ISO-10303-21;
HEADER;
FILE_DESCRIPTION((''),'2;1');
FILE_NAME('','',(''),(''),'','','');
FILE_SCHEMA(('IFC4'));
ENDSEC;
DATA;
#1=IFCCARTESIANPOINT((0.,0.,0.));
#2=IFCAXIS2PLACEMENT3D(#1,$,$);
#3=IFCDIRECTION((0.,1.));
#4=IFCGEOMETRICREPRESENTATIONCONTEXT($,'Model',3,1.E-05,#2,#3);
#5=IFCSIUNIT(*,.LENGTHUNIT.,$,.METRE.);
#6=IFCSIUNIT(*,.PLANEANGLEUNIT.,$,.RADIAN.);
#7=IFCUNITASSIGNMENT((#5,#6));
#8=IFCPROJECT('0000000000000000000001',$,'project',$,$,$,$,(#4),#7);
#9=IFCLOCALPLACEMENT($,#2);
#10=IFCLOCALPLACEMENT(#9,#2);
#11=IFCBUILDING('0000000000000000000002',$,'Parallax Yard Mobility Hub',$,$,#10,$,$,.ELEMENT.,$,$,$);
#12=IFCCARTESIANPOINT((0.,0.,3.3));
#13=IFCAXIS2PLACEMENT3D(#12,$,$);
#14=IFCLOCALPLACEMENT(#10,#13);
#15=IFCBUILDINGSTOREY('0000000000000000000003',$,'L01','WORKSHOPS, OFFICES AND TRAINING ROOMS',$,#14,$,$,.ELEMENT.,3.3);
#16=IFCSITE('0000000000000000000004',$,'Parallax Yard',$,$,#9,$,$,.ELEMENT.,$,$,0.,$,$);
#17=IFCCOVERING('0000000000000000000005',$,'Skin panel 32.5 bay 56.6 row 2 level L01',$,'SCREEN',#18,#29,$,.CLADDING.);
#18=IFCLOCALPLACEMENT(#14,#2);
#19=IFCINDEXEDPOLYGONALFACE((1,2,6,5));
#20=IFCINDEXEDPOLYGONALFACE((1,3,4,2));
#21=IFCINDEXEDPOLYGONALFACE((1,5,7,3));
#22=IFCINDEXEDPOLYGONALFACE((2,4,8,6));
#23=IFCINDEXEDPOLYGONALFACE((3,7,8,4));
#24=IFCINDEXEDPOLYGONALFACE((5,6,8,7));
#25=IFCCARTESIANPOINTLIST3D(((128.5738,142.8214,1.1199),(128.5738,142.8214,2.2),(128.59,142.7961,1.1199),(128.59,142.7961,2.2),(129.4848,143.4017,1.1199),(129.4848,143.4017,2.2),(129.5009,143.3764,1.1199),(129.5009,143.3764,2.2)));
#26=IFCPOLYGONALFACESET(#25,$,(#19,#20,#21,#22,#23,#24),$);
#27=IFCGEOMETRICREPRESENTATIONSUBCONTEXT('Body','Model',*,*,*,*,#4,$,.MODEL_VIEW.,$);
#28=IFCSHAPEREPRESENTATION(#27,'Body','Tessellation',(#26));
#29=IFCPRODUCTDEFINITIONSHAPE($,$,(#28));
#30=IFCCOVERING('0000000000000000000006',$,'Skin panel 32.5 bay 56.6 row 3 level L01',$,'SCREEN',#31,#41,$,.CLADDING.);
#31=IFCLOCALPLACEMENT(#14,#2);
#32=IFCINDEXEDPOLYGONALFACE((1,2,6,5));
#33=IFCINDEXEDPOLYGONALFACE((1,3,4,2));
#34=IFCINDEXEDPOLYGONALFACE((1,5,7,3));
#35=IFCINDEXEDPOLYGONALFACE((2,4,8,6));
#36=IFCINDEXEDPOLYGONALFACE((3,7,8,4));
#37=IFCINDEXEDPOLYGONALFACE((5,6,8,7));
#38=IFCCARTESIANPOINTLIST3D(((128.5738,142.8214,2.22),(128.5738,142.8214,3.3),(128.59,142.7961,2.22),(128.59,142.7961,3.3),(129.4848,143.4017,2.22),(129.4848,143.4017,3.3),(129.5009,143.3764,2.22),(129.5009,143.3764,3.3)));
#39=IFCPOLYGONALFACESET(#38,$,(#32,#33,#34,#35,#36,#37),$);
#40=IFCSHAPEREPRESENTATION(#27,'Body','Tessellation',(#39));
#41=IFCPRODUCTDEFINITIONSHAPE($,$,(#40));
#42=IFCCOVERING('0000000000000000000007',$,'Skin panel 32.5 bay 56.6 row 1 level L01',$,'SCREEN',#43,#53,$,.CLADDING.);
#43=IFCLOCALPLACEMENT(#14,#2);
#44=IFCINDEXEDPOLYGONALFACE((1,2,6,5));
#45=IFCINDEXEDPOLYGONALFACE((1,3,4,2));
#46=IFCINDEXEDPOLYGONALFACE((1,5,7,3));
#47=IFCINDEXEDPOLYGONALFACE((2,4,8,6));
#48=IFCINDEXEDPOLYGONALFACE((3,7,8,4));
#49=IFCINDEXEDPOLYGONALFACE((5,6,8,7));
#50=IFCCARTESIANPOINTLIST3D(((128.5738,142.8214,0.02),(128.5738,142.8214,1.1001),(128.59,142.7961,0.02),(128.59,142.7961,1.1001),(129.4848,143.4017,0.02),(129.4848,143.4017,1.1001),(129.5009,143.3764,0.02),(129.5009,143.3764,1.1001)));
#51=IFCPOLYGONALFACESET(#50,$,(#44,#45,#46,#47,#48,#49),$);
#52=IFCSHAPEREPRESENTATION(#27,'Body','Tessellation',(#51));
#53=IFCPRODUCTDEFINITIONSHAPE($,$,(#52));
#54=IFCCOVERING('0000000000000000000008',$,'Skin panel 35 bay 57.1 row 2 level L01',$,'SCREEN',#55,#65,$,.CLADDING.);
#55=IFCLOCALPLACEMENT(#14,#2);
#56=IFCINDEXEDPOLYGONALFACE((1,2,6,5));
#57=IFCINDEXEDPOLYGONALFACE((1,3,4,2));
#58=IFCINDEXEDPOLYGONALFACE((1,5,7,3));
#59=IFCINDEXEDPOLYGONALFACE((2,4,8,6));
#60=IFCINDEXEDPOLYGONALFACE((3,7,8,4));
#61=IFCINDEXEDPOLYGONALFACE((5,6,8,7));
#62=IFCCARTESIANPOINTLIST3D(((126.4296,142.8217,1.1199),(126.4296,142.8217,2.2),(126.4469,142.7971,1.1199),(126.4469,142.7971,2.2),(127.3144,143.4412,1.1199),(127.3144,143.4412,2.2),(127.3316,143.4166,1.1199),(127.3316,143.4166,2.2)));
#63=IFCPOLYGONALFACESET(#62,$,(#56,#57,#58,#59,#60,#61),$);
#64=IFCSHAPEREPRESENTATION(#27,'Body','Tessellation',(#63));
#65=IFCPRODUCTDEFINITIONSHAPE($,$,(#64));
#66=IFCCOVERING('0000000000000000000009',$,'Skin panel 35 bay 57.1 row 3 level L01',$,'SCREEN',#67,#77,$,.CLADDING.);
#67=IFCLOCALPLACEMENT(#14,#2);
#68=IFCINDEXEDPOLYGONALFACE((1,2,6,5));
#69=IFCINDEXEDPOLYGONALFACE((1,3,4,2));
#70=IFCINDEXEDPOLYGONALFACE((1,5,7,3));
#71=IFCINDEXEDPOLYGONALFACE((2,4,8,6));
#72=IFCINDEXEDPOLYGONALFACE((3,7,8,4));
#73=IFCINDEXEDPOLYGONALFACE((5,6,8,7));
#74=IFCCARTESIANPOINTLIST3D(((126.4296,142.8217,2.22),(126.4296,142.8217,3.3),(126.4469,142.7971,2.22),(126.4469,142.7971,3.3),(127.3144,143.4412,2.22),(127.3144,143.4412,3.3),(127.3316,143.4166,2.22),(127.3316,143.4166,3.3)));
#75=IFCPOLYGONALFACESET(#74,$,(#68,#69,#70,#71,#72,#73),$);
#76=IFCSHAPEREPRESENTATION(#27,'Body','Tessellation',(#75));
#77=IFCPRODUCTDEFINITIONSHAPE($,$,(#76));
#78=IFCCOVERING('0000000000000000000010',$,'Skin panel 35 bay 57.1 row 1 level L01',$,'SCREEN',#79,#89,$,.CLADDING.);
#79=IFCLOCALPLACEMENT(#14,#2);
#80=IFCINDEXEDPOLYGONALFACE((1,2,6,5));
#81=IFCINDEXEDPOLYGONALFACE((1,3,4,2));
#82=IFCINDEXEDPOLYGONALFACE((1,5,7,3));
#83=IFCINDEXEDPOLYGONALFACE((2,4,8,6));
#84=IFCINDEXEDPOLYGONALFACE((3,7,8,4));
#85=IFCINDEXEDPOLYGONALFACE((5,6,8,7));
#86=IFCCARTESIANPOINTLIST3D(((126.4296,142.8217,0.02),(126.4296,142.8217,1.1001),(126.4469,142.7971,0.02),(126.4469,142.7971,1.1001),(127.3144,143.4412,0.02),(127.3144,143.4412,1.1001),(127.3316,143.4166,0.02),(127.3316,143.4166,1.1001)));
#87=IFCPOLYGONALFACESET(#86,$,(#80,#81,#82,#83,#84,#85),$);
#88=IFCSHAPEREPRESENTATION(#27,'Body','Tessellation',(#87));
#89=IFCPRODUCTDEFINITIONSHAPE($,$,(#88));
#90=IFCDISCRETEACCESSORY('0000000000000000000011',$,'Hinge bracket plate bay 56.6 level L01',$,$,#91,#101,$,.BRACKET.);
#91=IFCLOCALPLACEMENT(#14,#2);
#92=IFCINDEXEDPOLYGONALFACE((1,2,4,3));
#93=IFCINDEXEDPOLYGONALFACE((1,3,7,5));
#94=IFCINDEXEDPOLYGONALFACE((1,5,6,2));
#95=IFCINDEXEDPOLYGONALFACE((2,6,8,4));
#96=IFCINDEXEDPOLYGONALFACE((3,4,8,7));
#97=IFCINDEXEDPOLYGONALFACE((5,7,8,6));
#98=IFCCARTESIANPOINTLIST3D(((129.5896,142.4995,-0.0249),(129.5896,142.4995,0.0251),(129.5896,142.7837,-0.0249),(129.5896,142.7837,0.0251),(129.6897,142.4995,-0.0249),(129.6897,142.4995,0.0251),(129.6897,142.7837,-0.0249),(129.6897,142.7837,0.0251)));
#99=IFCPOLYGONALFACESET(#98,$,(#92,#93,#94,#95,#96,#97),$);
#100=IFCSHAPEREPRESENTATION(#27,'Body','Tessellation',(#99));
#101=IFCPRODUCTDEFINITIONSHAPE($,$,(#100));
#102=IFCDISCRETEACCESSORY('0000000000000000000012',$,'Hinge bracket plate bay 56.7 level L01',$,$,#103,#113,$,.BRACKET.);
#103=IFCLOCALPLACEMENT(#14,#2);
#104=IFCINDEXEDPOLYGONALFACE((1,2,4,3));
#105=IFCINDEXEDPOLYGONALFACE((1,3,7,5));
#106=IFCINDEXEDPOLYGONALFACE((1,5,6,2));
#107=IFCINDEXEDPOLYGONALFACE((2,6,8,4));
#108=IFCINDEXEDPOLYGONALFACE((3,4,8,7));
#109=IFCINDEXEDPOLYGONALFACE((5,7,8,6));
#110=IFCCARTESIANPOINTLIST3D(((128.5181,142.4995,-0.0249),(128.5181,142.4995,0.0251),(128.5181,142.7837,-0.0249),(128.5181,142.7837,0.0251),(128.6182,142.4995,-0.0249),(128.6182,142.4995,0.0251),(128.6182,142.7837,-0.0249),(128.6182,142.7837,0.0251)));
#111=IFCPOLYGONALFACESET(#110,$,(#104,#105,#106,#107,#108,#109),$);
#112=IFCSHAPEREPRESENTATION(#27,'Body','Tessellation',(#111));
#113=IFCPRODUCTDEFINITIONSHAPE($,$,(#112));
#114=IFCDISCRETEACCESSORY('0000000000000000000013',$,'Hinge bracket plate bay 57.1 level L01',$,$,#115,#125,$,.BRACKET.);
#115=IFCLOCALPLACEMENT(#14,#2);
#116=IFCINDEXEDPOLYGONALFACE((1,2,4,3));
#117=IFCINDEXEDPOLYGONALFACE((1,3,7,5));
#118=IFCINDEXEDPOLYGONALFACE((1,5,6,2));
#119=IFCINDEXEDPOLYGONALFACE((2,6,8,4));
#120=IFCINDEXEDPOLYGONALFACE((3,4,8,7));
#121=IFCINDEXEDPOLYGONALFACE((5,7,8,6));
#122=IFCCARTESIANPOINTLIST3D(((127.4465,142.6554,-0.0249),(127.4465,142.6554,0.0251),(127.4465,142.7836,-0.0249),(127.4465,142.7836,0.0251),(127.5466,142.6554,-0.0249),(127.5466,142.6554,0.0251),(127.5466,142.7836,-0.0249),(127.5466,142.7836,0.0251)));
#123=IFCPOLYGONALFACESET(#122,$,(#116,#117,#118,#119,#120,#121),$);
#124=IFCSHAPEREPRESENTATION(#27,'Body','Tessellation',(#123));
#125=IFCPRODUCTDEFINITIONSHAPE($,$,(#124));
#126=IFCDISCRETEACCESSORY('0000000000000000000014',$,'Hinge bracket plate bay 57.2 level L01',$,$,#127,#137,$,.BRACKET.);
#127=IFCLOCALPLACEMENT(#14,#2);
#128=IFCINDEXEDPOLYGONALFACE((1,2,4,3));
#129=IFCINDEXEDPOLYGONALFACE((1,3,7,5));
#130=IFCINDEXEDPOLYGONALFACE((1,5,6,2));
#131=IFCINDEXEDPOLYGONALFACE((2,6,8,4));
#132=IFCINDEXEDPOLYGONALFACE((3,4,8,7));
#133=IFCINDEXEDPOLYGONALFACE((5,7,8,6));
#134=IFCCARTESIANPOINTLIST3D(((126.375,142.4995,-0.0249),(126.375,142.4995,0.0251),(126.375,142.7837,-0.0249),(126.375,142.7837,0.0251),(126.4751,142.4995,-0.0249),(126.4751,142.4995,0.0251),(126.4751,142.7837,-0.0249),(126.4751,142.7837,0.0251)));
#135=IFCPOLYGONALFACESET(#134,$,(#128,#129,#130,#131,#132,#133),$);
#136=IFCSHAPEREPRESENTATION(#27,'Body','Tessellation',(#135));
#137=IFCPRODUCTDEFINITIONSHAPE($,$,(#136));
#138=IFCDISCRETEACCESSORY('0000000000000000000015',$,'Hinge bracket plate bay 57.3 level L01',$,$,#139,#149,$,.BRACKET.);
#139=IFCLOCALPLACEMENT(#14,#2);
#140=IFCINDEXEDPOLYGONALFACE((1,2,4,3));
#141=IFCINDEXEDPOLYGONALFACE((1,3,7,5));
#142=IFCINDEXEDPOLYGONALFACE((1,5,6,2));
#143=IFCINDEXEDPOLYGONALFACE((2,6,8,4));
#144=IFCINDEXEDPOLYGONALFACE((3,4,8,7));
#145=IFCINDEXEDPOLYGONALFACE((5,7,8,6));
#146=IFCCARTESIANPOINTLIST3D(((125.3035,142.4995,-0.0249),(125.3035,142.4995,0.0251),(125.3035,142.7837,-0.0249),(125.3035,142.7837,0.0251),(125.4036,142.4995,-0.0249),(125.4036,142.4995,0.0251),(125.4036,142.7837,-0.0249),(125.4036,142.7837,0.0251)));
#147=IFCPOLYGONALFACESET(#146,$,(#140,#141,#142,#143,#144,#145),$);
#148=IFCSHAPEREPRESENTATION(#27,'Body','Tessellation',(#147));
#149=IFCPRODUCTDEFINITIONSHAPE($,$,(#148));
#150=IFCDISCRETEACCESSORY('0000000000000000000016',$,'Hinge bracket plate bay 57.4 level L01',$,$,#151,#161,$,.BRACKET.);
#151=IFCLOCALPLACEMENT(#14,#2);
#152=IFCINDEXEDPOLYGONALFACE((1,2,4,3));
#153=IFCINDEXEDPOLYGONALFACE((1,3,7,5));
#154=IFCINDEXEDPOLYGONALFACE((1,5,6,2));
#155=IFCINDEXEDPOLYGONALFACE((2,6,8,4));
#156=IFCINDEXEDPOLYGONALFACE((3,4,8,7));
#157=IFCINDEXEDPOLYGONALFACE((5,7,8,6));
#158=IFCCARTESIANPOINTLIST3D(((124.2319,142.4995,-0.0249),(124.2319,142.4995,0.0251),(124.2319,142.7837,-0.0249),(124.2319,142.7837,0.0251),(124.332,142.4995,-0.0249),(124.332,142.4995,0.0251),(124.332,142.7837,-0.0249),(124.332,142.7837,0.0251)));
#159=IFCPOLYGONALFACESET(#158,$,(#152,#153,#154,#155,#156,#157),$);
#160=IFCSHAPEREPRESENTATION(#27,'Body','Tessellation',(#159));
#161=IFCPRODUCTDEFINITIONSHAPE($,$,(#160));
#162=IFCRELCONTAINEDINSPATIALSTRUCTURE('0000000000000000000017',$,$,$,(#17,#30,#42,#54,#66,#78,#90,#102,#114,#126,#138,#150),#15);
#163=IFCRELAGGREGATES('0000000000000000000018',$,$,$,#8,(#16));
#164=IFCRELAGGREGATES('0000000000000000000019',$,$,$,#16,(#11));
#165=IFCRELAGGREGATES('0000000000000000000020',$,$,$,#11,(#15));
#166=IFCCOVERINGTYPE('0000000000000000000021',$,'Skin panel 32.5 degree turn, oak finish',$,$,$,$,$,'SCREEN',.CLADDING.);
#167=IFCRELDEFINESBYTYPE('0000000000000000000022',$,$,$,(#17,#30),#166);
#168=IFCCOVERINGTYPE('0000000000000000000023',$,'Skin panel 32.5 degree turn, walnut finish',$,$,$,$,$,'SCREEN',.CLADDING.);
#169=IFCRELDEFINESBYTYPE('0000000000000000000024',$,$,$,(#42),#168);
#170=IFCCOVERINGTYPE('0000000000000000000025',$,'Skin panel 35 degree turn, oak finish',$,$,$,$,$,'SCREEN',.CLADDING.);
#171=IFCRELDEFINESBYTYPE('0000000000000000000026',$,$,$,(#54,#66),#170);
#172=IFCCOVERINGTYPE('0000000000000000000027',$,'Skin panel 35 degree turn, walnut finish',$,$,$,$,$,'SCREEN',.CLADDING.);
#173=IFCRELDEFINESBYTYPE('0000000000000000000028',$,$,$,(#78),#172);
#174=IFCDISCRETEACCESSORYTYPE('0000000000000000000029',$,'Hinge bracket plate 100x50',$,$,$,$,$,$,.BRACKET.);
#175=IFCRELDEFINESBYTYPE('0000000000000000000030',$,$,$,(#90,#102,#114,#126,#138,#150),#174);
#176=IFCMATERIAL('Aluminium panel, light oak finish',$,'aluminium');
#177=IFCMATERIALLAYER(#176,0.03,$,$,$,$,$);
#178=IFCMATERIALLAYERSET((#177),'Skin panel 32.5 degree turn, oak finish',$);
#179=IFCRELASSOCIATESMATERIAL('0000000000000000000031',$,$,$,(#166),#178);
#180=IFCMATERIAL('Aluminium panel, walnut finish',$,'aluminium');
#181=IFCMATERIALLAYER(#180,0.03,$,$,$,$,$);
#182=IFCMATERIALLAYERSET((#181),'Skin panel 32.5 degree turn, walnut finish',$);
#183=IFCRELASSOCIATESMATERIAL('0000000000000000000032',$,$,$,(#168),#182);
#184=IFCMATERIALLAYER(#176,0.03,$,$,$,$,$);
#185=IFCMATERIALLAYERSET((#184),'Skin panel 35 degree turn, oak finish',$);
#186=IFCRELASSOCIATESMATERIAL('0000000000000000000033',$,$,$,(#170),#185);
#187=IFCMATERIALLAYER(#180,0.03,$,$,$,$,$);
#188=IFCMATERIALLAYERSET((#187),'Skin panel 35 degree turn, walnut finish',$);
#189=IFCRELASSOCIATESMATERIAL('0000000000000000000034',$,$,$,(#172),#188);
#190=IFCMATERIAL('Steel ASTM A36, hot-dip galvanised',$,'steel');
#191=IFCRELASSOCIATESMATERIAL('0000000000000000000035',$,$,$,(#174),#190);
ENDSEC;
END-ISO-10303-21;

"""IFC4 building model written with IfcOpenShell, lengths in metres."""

from ifc_helpers import new_model, si_unit, direction, frame, origin, origin_2d, place, context, subcontext, project, spatial, rectangle, extrude, material, layer, layer_set, type_object, element, save


model = new_model("IFC4")

# Units and contexts
model_context = context("Model", 3, precision=1e-05, world=origin(), true_north=direction((0.0, 1.0)))
body_context = subcontext(model_context, "Body", "Model", "MODEL_VIEW")
ifc_project = project(units=[si_unit("LENGTHUNIT", "METRE"), si_unit("PLANEANGLEUNIT", "RADIAN")], contexts=[model_context])

# Site, building, storey
site_placement = place(None, origin())
site = spatial("IfcSite", under=ifc_project, at=site_placement, Name="Parallax Yard", CompositionType="ELEMENT", RefElevation=0.0)
building_placement = place(site_placement, origin())
building = spatial("IfcBuilding", under=site, at=building_placement, Name="Parallax Yard Mobility Hub", CompositionType="ELEMENT")
storey_placement = place(building_placement, frame((0.0, 0.0, 3.3)))
storey = spatial("IfcBuildingStorey", under=building, at=storey_placement, Name="L01", Description="WORKSHOPS, OFFICES AND TRAINING ROOMS", CompositionType="ELEMENT", Elevation=3.3)

# Coverings
ifc_material_1 = material(Name="Aluminium panel, light oak finish", Category="aluminium")
ifc_material_2 = material(Name="Aluminium panel, walnut finish", Category="aluminium")
ifc_layer_1 = layer(ifc_material_1, 0.03)
ifc_layer_set_1 = layer_set([ifc_layer_1], Name="Skin panel 32.5 degree turn, oak finish")
covering_type_1 = type_object("IfcCoveringType", Name="Skin panel 32.5 degree turn, oak finish", ElementType="SCREEN", PredefinedType="CLADDING", material=ifc_layer_set_1)
for number, where, z_axis, x_axis, name in (
    (1, (129.0374, 143.0989, 1.1199), (0.0, 0.0, 1.0), (0.843391, 0.5373, 0.0), "Skin panel 32.5 bay 56.6 row 2 level L01"),
    (2, (129.0374, 143.0989, 2.22), (0.0, 0.0, 1.0), (0.843391, 0.5373, 0.0), "Skin panel 32.5 bay 56.6 row 3 level L01"),
):
    element("IfcCovering", number, at=place(storey_placement, frame(where, z_axis=z_axis, x_axis=x_axis)), inside=storey, type_object=covering_type_1, Name=name, ObjectType="SCREEN", PredefinedType="CLADDING", context=body_context, shape_type="SweptSolid", body=[
        extrude(rectangle(XDim=1.0801, YDim=0.03, at=origin_2d()), origin(), (0.0, 0.0, 1.0), 1.0801),
    ])
ifc_layer_2 = layer(ifc_material_2, 0.03)
ifc_layer_set_2 = layer_set([ifc_layer_2], Name="Skin panel 32.5 degree turn, walnut finish")
covering_type_2 = type_object("IfcCoveringType", Name="Skin panel 32.5 degree turn, walnut finish", ElementType="SCREEN", PredefinedType="CLADDING", material=ifc_layer_set_2)
covering_1_placement = place(storey_placement, frame((129.0374, 143.0989, 0.02), z_axis=(0.0, 0.0, 1.0), x_axis=(0.843391, 0.5373, 0.0)))
element("IfcCovering", 3, at=covering_1_placement, inside=storey, type_object=covering_type_2, Name="Skin panel 32.5 bay 56.6 row 1 level L01", ObjectType="SCREEN", PredefinedType="CLADDING", context=body_context, shape_type="SweptSolid", body=[
    extrude(rectangle(XDim=1.0801, YDim=0.03, at=origin_2d()), origin(), (0.0, 0.0, 1.0), 1.0801),
])
ifc_layer_3 = layer(ifc_material_1, 0.03)
ifc_layer_set_3 = layer_set([ifc_layer_3], Name="Skin panel 35 degree turn, oak finish")
covering_type_3 = type_object("IfcCoveringType", Name="Skin panel 35 degree turn, oak finish", ElementType="SCREEN", PredefinedType="CLADDING", material=ifc_layer_set_3)
for number, where, z_axis, x_axis, name in (
    (4, (126.8806, 143.1191, 1.1199), (0.0, 0.0, 1.0), (0.819152, 0.573576, 0.0), "Skin panel 35 bay 57.1 row 2 level L01"),
    (5, (126.8806, 143.1191, 2.22), (0.0, 0.0, 1.0), (0.819152, 0.573576, 0.0), "Skin panel 35 bay 57.1 row 3 level L01"),
):
    element("IfcCovering", number, at=place(storey_placement, frame(where, z_axis=z_axis, x_axis=x_axis)), inside=storey, type_object=covering_type_3, Name=name, ObjectType="SCREEN", PredefinedType="CLADDING", context=body_context, shape_type="SweptSolid", body=[
        extrude(rectangle(XDim=1.0801, YDim=0.03, at=origin_2d()), origin(), (0.0, 0.0, 1.0), 1.0801),
    ])
ifc_layer_4 = layer(ifc_material_2, 0.03)
ifc_layer_set_4 = layer_set([ifc_layer_4], Name="Skin panel 35 degree turn, walnut finish")
covering_type_4 = type_object("IfcCoveringType", Name="Skin panel 35 degree turn, walnut finish", ElementType="SCREEN", PredefinedType="CLADDING", material=ifc_layer_set_4)
covering_2_placement = place(storey_placement, frame((126.8806, 143.1191, 0.02), z_axis=(0.0, 0.0, 1.0), x_axis=(0.819152, 0.573576, 0.0)))
element("IfcCovering", 6, at=covering_2_placement, inside=storey, type_object=covering_type_4, Name="Skin panel 35 bay 57.1 row 1 level L01", ObjectType="SCREEN", PredefinedType="CLADDING", context=body_context, shape_type="SweptSolid", body=[
    extrude(rectangle(XDim=1.0801, YDim=0.03, at=origin_2d()), origin(), (0.0, 0.0, 1.0), 1.0801),
])

# Discrete accessories
ifc_material_3 = material(Name="Steel ASTM A36, hot-dip galvanised", Category="steel")
discrete_accessory_type_1 = type_object("IfcDiscreteAccessoryType", Name="Hinge bracket plate 100x50", PredefinedType="BRACKET", material=ifc_material_3)
for number, where, z_axis, x_axis, name in (
    (7, (129.6396, 142.6416, -0.0249), (0.0, 0.0, 1.0), (0.0, 1.0, 0.0), "Hinge bracket plate bay 56.6 level L01"),
    (8, (128.5681, 142.6416, -0.0249), (0.0, 0.0, 1.0), (0.0, 1.0, 0.0), "Hinge bracket plate bay 56.7 level L01"),
):
    element("IfcDiscreteAccessory", number, at=place(storey_placement, frame(where, z_axis=z_axis, x_axis=x_axis)), inside=storey, type_object=discrete_accessory_type_1, Name=name, PredefinedType="BRACKET", context=body_context, shape_type="SweptSolid", body=[
        extrude(rectangle(XDim=0.2842, YDim=0.1001, at=origin_2d()), origin(), (0.0, 0.0, 1.0), 0.05),
    ])
discrete_accessory_placement = place(storey_placement, frame((127.4966, 142.7195, -0.0249), z_axis=(0.0, 0.0, 1.0), x_axis=(0.0, 1.0, 0.0)))
element("IfcDiscreteAccessory", 9, at=discrete_accessory_placement, inside=storey, type_object=discrete_accessory_type_1, Name="Hinge bracket plate bay 57.1 level L01", PredefinedType="BRACKET", context=body_context, shape_type="SweptSolid", body=[
    extrude(rectangle(XDim=0.1282, YDim=0.1001, at=origin_2d()), origin(), (0.0, 0.0, 1.0), 0.05),
])
for number, where, z_axis, x_axis, name in (
    (10, (126.425, 142.6416, -0.0249), (0.0, 0.0, 1.0), (0.0, 1.0, 0.0), "Hinge bracket plate bay 57.2 level L01"),
    (11, (125.3535, 142.6416, -0.0249), (0.0, 0.0, 1.0), (0.0, 1.0, 0.0), "Hinge bracket plate bay 57.3 level L01"),
    (12, (124.282, 142.6416, -0.0249), (0.0, 0.0, 1.0), (0.0, 1.0, 0.0), "Hinge bracket plate bay 57.4 level L01"),
):
    element("IfcDiscreteAccessory", number, at=place(storey_placement, frame(where, z_axis=z_axis, x_axis=x_axis)), inside=storey, type_object=discrete_accessory_type_1, Name=name, PredefinedType="BRACKET", context=body_context, shape_type="SweptSolid", body=[
        extrude(rectangle(XDim=0.2842, YDim=0.1001, at=origin_2d()), origin(), (0.0, 0.0, 1.0), 0.05),
    ])

save(model, "model.ifc")
